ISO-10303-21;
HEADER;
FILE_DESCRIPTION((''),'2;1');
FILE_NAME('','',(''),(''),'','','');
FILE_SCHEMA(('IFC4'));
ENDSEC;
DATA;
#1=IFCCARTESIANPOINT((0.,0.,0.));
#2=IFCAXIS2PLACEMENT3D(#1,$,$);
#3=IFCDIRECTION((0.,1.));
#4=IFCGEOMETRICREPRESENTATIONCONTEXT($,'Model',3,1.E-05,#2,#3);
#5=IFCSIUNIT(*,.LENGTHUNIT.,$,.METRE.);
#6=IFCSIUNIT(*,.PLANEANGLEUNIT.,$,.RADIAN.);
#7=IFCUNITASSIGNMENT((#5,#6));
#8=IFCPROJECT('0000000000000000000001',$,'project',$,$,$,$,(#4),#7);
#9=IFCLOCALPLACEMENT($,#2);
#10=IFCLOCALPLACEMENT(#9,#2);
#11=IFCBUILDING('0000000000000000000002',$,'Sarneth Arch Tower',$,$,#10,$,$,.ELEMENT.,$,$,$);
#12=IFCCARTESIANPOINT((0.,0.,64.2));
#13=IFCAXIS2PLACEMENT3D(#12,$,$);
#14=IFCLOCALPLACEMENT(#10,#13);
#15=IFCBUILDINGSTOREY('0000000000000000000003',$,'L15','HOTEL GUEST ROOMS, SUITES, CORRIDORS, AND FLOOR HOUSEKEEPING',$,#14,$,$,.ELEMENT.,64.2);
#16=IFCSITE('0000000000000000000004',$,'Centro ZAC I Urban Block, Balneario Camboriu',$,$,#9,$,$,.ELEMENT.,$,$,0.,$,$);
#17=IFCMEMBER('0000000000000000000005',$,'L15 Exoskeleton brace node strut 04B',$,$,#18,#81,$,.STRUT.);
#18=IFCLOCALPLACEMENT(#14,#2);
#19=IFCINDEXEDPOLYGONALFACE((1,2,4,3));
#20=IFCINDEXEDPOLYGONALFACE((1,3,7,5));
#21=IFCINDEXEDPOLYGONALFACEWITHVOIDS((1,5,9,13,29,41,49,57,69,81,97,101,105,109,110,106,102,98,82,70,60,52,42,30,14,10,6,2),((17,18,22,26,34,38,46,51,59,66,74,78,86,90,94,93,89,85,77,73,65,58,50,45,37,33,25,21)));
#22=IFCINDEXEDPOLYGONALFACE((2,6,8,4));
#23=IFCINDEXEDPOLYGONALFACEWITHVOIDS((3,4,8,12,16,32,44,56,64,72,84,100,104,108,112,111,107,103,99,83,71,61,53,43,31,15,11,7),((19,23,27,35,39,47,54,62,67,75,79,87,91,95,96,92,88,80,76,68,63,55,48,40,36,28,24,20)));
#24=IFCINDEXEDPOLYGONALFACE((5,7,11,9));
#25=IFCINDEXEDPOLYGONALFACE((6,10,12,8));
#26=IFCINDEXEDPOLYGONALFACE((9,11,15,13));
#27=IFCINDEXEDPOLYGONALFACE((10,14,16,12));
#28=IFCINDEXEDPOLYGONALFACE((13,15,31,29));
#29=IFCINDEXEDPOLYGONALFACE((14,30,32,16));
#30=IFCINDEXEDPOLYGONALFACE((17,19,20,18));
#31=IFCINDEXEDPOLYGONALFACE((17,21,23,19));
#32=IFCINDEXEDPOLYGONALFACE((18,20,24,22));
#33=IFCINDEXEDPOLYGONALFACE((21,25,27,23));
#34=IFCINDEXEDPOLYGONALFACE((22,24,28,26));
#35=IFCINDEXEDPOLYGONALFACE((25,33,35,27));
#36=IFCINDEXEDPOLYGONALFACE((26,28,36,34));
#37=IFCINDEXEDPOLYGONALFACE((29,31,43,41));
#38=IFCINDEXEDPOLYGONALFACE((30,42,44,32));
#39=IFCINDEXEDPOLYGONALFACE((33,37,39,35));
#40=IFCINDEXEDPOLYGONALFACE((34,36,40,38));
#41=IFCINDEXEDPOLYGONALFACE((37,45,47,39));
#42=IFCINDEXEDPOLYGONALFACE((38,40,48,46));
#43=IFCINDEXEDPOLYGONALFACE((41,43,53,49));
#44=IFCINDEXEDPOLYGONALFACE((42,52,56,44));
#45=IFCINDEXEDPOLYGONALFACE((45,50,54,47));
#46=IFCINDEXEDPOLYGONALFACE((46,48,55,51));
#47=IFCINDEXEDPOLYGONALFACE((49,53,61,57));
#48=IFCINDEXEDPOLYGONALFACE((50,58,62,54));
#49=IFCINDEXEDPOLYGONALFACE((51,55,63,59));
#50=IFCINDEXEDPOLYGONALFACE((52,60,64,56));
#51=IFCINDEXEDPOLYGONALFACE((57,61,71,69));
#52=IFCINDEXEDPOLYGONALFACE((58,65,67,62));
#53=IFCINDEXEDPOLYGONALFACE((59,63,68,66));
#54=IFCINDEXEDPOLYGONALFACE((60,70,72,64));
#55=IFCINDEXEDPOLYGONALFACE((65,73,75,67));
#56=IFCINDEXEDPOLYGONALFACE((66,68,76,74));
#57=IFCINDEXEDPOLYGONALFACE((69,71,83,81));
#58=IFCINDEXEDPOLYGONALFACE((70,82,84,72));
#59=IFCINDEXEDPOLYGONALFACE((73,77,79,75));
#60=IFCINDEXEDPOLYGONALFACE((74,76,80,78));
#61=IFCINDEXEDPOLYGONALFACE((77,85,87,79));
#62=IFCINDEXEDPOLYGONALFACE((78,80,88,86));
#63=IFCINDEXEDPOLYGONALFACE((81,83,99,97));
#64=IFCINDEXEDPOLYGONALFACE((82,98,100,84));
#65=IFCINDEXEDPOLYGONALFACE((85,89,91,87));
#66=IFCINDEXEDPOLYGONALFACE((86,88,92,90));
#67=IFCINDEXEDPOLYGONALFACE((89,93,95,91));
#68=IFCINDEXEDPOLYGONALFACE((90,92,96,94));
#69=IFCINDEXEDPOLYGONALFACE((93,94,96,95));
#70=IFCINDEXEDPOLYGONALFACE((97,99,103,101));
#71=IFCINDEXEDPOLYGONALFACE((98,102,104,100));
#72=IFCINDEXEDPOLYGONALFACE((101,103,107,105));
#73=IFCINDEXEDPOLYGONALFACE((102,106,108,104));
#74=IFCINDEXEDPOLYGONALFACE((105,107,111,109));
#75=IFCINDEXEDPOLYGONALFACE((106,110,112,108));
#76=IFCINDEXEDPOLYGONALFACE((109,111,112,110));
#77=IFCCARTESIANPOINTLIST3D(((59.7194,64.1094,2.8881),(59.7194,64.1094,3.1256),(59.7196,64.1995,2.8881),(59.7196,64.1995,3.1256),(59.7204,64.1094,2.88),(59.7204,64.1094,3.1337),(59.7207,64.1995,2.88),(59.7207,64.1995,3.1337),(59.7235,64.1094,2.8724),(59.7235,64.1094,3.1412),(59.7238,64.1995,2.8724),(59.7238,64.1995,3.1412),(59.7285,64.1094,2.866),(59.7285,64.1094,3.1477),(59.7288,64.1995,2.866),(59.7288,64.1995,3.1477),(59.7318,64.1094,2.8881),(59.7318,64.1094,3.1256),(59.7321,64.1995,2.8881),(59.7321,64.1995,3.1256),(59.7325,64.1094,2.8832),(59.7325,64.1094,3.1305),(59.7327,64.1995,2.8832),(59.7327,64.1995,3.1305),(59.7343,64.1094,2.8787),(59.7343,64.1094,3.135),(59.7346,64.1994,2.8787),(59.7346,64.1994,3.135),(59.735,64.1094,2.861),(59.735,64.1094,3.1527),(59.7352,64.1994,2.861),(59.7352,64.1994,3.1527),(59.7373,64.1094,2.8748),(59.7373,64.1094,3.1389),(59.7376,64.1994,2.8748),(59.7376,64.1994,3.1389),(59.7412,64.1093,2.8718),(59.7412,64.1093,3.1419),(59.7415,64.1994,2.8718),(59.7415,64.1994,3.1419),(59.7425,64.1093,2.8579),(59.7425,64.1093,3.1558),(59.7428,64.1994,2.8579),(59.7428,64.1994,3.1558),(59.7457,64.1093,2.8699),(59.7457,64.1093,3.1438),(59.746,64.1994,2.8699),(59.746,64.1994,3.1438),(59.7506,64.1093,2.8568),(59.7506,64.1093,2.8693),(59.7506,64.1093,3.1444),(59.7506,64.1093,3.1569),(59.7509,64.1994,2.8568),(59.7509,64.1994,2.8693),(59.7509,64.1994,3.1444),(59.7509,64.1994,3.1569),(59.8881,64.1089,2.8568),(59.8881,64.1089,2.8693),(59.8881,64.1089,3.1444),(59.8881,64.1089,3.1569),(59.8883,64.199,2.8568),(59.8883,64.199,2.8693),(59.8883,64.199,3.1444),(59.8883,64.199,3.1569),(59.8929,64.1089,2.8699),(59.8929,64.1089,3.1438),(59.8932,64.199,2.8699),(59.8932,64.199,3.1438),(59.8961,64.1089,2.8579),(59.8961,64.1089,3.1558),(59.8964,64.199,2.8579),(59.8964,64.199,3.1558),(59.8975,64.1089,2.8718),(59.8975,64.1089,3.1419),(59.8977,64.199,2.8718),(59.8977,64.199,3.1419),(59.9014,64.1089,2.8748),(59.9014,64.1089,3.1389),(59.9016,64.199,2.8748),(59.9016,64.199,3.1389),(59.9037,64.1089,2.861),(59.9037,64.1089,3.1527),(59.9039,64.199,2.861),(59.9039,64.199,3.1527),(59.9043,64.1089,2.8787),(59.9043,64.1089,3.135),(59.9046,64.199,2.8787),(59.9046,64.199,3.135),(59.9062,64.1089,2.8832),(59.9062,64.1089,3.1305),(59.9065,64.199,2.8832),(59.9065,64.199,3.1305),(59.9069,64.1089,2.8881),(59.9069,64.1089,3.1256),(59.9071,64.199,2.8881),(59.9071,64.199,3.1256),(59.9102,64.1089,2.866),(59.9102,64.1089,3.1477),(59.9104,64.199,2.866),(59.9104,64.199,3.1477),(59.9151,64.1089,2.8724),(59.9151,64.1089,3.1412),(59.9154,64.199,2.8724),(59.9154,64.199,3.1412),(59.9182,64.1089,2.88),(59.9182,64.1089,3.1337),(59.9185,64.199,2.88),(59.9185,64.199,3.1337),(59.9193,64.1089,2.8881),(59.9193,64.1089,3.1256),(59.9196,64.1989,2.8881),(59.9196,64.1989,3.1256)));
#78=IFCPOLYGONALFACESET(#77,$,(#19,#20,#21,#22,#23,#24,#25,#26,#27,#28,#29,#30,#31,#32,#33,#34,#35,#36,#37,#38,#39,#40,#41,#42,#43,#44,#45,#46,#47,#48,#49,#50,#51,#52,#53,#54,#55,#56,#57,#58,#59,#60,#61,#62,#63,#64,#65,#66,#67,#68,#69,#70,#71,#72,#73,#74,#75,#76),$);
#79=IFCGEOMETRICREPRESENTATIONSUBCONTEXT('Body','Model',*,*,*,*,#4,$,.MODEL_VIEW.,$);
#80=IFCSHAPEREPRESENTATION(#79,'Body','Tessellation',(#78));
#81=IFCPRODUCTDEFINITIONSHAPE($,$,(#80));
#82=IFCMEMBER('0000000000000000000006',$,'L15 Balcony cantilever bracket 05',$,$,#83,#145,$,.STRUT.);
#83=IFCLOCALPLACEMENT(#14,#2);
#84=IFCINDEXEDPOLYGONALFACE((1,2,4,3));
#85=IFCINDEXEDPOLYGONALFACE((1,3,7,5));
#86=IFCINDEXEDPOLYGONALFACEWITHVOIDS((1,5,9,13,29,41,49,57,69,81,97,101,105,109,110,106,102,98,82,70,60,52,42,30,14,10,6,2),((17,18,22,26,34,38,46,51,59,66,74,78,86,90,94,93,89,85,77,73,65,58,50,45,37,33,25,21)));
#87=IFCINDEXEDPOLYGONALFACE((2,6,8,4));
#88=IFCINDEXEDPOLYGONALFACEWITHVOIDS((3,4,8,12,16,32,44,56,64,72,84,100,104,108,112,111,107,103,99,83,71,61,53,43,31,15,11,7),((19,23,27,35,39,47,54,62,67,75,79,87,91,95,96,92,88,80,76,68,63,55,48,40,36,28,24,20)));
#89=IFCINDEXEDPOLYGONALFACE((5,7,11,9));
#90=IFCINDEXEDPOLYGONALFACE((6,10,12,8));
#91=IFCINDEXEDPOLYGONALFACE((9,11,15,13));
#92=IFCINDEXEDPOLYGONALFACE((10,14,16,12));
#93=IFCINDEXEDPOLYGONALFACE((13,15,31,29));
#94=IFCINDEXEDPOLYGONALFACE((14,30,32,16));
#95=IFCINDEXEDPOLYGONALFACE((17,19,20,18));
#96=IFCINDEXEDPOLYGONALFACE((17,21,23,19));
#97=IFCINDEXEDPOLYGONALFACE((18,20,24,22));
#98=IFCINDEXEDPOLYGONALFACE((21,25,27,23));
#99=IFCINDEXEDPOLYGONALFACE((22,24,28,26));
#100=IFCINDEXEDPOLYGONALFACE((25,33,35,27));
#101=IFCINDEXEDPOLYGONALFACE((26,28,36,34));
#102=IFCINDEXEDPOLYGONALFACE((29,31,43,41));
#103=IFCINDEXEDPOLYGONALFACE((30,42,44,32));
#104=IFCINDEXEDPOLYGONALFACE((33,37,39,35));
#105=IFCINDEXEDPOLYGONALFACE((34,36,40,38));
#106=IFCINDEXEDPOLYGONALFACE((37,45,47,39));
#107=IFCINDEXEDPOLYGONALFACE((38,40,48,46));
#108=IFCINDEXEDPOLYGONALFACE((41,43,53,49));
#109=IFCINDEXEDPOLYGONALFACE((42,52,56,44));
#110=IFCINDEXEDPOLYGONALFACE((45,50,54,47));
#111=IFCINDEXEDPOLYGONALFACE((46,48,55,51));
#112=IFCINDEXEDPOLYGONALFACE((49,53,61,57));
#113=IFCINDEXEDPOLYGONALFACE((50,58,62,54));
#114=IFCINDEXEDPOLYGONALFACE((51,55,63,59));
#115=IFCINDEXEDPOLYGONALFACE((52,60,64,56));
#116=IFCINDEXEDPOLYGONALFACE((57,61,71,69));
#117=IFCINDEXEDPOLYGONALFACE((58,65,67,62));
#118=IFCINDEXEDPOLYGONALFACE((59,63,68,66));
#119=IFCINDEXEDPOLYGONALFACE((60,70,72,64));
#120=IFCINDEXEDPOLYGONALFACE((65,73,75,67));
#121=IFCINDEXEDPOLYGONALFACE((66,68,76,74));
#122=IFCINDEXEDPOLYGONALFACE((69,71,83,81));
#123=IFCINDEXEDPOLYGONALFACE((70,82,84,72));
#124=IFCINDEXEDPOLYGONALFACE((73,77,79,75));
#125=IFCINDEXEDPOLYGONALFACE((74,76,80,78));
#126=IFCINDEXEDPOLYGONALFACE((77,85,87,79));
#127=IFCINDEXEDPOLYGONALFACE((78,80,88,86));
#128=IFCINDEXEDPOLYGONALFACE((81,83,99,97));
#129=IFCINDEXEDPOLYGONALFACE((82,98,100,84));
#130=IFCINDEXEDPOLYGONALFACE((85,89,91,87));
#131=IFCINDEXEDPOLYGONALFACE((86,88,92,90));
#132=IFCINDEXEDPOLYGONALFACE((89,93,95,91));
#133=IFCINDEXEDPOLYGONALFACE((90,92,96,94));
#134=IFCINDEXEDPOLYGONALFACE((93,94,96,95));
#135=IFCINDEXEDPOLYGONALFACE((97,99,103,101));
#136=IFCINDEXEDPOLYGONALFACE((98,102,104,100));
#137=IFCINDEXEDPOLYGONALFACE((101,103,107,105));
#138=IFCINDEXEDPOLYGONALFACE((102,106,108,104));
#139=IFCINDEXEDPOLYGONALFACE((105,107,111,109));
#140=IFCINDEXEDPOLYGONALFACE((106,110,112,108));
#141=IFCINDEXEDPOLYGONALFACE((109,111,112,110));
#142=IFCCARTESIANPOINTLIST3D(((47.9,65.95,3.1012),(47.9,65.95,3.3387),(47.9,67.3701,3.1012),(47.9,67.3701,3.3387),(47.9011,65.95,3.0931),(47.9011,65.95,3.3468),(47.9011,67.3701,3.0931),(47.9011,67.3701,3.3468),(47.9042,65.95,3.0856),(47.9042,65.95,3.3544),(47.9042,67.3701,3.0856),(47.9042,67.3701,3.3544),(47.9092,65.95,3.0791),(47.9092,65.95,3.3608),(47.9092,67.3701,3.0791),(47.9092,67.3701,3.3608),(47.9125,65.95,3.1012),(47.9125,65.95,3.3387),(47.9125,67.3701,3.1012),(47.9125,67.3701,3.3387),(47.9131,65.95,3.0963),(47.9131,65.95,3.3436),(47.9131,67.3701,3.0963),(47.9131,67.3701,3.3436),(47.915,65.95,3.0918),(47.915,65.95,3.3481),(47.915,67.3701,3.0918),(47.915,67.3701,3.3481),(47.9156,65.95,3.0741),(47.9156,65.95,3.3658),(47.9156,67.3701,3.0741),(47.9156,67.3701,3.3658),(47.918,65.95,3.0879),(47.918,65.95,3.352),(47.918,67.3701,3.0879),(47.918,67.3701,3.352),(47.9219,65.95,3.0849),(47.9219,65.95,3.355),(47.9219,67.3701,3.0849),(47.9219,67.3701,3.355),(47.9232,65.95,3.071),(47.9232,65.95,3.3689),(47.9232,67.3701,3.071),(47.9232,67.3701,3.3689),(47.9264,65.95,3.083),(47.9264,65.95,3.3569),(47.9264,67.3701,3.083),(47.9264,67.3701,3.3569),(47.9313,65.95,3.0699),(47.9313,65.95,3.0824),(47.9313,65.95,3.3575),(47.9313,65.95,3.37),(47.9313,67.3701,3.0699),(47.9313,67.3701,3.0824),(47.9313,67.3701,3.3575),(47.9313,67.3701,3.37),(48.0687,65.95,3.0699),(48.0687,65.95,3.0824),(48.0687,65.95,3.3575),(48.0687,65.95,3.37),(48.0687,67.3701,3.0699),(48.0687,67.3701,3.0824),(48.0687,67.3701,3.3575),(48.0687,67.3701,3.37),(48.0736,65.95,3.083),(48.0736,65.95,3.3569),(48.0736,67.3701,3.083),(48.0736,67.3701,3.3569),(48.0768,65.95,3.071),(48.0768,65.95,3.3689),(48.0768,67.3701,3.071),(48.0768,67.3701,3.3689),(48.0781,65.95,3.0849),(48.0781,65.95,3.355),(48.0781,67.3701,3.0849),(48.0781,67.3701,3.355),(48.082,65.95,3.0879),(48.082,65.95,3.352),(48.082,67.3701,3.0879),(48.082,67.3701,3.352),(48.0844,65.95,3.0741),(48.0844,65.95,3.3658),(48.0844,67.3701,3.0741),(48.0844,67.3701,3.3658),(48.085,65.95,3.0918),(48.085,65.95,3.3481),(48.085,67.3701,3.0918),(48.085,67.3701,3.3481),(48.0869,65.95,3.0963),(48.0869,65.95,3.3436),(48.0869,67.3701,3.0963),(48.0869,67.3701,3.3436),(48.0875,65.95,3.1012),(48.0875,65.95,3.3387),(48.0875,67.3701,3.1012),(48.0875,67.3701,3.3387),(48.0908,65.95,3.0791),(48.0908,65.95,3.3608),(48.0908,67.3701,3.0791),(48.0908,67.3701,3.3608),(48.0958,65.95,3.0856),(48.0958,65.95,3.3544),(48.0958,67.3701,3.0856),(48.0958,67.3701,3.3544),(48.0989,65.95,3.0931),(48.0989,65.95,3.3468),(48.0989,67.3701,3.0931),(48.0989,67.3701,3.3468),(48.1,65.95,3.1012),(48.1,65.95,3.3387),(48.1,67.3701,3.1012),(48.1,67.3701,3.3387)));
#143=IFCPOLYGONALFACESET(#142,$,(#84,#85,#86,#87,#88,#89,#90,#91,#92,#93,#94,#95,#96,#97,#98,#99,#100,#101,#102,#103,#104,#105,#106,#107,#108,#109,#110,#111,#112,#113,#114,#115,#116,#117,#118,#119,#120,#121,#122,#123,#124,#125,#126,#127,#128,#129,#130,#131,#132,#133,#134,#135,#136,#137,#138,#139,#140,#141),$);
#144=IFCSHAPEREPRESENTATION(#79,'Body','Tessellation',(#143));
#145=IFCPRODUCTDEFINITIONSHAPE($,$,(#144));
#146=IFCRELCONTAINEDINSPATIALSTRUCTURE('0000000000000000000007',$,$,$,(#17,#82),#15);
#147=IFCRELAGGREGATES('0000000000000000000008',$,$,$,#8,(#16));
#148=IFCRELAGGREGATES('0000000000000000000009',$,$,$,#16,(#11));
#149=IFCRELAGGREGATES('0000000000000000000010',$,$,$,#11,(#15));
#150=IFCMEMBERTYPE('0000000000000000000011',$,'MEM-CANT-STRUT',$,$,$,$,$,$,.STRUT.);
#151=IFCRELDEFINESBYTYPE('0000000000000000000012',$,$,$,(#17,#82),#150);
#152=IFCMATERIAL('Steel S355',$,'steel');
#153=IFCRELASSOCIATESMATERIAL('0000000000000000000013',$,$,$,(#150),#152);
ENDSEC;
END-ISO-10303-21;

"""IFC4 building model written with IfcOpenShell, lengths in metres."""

from ifc_helpers import new_model, si_unit, direction, frame, origin, origin_2d, place, context, subcontext, project, spatial, hollow_rectangle, extrude, material, material_profile, profile_set, type_object, element, save


model = new_model("IFC4")

# Units and contexts
model_context = context("Model", 3, precision=1e-05, world=origin(), true_north=direction((0.0, 1.0)))
body_context = subcontext(model_context, "Body", "Model", "MODEL_VIEW")
ifc_project = project(units=[si_unit("LENGTHUNIT", "METRE"), si_unit("PLANEANGLEUNIT", "RADIAN")], contexts=[model_context])

# Site, building, storey
site_placement = place(None, origin())
site = spatial("IfcSite", under=ifc_project, at=site_placement, Name="Centro ZAC I Urban Block, Balneario Camboriu", CompositionType="ELEMENT", RefElevation=0.0)
building_placement = place(site_placement, origin())
building = spatial("IfcBuilding", under=site, at=building_placement, Name="Sarneth Arch Tower", CompositionType="ELEMENT")
storey_placement = place(building_placement, frame((0.0, 0.0, 64.2)))
storey = spatial("IfcBuildingStorey", under=building, at=storey_placement, Name="L15", Description="HOTEL GUEST ROOMS, SUITES, CORRIDORS, AND FLOOR HOUSEKEEPING", CompositionType="ELEMENT", Elevation=64.2)

# Members
ifc_material_1 = material(Name="Steel S355", Category="steel")
ifc_material_profile_1 = material_profile(ifc_material_1, hollow_rectangle(XDim=0.2, YDim=0.3, WallThickness=0.0125, InnerFilletRadius=0.0188, OuterFilletRadius=0.0312, at=origin_2d()), Name="RHS300x200x12.5")
ifc_profile_set_1 = profile_set([ifc_material_profile_1], Name="Steel S355")
member_type_1 = type_object("IfcMemberType", Name="MEM-CANT-STRUT", PredefinedType="STRUT", material=ifc_profile_set_1)
member_1_placement = place(storey_placement, frame((59.8193, 64.1091, 3.0068), z_axis=(0.00271, 0.999996, 0.0), x_axis=(-0.999996, 0.00271, 0.0)))
element("IfcMember", 1, at=member_1_placement, inside=storey, type_object=member_type_1, Name="L15 Exoskeleton brace node strut 04B", PredefinedType="STRUT", context=body_context, shape_type="SweptSolid", body=[
    extrude(hollow_rectangle(XDim=0.2, YDim=0.3, WallThickness=0.0125, InnerFilletRadius=0.0188, OuterFilletRadius=0.0312, at=origin_2d()), origin(), (0.0, 0.0, 1.0), 0.0901),
])
member_2_placement = place(storey_placement, frame((48.0, 65.95, 3.22), z_axis=(0.0, 1.0, 0.0), x_axis=(-1.0, 0.0, 0.0)))
element("IfcMember", 2, at=member_2_placement, inside=storey, type_object=member_type_1, Name="L15 Balcony cantilever bracket 05", PredefinedType="STRUT", context=body_context, shape_type="SweptSolid", body=[
    extrude(hollow_rectangle(XDim=0.2, YDim=0.3, WallThickness=0.0125, InnerFilletRadius=0.0188, OuterFilletRadius=0.0312, at=origin_2d()), origin(), (0.0, 0.0, 1.0), 1.4202),
])

save(model, "model.ifc")
